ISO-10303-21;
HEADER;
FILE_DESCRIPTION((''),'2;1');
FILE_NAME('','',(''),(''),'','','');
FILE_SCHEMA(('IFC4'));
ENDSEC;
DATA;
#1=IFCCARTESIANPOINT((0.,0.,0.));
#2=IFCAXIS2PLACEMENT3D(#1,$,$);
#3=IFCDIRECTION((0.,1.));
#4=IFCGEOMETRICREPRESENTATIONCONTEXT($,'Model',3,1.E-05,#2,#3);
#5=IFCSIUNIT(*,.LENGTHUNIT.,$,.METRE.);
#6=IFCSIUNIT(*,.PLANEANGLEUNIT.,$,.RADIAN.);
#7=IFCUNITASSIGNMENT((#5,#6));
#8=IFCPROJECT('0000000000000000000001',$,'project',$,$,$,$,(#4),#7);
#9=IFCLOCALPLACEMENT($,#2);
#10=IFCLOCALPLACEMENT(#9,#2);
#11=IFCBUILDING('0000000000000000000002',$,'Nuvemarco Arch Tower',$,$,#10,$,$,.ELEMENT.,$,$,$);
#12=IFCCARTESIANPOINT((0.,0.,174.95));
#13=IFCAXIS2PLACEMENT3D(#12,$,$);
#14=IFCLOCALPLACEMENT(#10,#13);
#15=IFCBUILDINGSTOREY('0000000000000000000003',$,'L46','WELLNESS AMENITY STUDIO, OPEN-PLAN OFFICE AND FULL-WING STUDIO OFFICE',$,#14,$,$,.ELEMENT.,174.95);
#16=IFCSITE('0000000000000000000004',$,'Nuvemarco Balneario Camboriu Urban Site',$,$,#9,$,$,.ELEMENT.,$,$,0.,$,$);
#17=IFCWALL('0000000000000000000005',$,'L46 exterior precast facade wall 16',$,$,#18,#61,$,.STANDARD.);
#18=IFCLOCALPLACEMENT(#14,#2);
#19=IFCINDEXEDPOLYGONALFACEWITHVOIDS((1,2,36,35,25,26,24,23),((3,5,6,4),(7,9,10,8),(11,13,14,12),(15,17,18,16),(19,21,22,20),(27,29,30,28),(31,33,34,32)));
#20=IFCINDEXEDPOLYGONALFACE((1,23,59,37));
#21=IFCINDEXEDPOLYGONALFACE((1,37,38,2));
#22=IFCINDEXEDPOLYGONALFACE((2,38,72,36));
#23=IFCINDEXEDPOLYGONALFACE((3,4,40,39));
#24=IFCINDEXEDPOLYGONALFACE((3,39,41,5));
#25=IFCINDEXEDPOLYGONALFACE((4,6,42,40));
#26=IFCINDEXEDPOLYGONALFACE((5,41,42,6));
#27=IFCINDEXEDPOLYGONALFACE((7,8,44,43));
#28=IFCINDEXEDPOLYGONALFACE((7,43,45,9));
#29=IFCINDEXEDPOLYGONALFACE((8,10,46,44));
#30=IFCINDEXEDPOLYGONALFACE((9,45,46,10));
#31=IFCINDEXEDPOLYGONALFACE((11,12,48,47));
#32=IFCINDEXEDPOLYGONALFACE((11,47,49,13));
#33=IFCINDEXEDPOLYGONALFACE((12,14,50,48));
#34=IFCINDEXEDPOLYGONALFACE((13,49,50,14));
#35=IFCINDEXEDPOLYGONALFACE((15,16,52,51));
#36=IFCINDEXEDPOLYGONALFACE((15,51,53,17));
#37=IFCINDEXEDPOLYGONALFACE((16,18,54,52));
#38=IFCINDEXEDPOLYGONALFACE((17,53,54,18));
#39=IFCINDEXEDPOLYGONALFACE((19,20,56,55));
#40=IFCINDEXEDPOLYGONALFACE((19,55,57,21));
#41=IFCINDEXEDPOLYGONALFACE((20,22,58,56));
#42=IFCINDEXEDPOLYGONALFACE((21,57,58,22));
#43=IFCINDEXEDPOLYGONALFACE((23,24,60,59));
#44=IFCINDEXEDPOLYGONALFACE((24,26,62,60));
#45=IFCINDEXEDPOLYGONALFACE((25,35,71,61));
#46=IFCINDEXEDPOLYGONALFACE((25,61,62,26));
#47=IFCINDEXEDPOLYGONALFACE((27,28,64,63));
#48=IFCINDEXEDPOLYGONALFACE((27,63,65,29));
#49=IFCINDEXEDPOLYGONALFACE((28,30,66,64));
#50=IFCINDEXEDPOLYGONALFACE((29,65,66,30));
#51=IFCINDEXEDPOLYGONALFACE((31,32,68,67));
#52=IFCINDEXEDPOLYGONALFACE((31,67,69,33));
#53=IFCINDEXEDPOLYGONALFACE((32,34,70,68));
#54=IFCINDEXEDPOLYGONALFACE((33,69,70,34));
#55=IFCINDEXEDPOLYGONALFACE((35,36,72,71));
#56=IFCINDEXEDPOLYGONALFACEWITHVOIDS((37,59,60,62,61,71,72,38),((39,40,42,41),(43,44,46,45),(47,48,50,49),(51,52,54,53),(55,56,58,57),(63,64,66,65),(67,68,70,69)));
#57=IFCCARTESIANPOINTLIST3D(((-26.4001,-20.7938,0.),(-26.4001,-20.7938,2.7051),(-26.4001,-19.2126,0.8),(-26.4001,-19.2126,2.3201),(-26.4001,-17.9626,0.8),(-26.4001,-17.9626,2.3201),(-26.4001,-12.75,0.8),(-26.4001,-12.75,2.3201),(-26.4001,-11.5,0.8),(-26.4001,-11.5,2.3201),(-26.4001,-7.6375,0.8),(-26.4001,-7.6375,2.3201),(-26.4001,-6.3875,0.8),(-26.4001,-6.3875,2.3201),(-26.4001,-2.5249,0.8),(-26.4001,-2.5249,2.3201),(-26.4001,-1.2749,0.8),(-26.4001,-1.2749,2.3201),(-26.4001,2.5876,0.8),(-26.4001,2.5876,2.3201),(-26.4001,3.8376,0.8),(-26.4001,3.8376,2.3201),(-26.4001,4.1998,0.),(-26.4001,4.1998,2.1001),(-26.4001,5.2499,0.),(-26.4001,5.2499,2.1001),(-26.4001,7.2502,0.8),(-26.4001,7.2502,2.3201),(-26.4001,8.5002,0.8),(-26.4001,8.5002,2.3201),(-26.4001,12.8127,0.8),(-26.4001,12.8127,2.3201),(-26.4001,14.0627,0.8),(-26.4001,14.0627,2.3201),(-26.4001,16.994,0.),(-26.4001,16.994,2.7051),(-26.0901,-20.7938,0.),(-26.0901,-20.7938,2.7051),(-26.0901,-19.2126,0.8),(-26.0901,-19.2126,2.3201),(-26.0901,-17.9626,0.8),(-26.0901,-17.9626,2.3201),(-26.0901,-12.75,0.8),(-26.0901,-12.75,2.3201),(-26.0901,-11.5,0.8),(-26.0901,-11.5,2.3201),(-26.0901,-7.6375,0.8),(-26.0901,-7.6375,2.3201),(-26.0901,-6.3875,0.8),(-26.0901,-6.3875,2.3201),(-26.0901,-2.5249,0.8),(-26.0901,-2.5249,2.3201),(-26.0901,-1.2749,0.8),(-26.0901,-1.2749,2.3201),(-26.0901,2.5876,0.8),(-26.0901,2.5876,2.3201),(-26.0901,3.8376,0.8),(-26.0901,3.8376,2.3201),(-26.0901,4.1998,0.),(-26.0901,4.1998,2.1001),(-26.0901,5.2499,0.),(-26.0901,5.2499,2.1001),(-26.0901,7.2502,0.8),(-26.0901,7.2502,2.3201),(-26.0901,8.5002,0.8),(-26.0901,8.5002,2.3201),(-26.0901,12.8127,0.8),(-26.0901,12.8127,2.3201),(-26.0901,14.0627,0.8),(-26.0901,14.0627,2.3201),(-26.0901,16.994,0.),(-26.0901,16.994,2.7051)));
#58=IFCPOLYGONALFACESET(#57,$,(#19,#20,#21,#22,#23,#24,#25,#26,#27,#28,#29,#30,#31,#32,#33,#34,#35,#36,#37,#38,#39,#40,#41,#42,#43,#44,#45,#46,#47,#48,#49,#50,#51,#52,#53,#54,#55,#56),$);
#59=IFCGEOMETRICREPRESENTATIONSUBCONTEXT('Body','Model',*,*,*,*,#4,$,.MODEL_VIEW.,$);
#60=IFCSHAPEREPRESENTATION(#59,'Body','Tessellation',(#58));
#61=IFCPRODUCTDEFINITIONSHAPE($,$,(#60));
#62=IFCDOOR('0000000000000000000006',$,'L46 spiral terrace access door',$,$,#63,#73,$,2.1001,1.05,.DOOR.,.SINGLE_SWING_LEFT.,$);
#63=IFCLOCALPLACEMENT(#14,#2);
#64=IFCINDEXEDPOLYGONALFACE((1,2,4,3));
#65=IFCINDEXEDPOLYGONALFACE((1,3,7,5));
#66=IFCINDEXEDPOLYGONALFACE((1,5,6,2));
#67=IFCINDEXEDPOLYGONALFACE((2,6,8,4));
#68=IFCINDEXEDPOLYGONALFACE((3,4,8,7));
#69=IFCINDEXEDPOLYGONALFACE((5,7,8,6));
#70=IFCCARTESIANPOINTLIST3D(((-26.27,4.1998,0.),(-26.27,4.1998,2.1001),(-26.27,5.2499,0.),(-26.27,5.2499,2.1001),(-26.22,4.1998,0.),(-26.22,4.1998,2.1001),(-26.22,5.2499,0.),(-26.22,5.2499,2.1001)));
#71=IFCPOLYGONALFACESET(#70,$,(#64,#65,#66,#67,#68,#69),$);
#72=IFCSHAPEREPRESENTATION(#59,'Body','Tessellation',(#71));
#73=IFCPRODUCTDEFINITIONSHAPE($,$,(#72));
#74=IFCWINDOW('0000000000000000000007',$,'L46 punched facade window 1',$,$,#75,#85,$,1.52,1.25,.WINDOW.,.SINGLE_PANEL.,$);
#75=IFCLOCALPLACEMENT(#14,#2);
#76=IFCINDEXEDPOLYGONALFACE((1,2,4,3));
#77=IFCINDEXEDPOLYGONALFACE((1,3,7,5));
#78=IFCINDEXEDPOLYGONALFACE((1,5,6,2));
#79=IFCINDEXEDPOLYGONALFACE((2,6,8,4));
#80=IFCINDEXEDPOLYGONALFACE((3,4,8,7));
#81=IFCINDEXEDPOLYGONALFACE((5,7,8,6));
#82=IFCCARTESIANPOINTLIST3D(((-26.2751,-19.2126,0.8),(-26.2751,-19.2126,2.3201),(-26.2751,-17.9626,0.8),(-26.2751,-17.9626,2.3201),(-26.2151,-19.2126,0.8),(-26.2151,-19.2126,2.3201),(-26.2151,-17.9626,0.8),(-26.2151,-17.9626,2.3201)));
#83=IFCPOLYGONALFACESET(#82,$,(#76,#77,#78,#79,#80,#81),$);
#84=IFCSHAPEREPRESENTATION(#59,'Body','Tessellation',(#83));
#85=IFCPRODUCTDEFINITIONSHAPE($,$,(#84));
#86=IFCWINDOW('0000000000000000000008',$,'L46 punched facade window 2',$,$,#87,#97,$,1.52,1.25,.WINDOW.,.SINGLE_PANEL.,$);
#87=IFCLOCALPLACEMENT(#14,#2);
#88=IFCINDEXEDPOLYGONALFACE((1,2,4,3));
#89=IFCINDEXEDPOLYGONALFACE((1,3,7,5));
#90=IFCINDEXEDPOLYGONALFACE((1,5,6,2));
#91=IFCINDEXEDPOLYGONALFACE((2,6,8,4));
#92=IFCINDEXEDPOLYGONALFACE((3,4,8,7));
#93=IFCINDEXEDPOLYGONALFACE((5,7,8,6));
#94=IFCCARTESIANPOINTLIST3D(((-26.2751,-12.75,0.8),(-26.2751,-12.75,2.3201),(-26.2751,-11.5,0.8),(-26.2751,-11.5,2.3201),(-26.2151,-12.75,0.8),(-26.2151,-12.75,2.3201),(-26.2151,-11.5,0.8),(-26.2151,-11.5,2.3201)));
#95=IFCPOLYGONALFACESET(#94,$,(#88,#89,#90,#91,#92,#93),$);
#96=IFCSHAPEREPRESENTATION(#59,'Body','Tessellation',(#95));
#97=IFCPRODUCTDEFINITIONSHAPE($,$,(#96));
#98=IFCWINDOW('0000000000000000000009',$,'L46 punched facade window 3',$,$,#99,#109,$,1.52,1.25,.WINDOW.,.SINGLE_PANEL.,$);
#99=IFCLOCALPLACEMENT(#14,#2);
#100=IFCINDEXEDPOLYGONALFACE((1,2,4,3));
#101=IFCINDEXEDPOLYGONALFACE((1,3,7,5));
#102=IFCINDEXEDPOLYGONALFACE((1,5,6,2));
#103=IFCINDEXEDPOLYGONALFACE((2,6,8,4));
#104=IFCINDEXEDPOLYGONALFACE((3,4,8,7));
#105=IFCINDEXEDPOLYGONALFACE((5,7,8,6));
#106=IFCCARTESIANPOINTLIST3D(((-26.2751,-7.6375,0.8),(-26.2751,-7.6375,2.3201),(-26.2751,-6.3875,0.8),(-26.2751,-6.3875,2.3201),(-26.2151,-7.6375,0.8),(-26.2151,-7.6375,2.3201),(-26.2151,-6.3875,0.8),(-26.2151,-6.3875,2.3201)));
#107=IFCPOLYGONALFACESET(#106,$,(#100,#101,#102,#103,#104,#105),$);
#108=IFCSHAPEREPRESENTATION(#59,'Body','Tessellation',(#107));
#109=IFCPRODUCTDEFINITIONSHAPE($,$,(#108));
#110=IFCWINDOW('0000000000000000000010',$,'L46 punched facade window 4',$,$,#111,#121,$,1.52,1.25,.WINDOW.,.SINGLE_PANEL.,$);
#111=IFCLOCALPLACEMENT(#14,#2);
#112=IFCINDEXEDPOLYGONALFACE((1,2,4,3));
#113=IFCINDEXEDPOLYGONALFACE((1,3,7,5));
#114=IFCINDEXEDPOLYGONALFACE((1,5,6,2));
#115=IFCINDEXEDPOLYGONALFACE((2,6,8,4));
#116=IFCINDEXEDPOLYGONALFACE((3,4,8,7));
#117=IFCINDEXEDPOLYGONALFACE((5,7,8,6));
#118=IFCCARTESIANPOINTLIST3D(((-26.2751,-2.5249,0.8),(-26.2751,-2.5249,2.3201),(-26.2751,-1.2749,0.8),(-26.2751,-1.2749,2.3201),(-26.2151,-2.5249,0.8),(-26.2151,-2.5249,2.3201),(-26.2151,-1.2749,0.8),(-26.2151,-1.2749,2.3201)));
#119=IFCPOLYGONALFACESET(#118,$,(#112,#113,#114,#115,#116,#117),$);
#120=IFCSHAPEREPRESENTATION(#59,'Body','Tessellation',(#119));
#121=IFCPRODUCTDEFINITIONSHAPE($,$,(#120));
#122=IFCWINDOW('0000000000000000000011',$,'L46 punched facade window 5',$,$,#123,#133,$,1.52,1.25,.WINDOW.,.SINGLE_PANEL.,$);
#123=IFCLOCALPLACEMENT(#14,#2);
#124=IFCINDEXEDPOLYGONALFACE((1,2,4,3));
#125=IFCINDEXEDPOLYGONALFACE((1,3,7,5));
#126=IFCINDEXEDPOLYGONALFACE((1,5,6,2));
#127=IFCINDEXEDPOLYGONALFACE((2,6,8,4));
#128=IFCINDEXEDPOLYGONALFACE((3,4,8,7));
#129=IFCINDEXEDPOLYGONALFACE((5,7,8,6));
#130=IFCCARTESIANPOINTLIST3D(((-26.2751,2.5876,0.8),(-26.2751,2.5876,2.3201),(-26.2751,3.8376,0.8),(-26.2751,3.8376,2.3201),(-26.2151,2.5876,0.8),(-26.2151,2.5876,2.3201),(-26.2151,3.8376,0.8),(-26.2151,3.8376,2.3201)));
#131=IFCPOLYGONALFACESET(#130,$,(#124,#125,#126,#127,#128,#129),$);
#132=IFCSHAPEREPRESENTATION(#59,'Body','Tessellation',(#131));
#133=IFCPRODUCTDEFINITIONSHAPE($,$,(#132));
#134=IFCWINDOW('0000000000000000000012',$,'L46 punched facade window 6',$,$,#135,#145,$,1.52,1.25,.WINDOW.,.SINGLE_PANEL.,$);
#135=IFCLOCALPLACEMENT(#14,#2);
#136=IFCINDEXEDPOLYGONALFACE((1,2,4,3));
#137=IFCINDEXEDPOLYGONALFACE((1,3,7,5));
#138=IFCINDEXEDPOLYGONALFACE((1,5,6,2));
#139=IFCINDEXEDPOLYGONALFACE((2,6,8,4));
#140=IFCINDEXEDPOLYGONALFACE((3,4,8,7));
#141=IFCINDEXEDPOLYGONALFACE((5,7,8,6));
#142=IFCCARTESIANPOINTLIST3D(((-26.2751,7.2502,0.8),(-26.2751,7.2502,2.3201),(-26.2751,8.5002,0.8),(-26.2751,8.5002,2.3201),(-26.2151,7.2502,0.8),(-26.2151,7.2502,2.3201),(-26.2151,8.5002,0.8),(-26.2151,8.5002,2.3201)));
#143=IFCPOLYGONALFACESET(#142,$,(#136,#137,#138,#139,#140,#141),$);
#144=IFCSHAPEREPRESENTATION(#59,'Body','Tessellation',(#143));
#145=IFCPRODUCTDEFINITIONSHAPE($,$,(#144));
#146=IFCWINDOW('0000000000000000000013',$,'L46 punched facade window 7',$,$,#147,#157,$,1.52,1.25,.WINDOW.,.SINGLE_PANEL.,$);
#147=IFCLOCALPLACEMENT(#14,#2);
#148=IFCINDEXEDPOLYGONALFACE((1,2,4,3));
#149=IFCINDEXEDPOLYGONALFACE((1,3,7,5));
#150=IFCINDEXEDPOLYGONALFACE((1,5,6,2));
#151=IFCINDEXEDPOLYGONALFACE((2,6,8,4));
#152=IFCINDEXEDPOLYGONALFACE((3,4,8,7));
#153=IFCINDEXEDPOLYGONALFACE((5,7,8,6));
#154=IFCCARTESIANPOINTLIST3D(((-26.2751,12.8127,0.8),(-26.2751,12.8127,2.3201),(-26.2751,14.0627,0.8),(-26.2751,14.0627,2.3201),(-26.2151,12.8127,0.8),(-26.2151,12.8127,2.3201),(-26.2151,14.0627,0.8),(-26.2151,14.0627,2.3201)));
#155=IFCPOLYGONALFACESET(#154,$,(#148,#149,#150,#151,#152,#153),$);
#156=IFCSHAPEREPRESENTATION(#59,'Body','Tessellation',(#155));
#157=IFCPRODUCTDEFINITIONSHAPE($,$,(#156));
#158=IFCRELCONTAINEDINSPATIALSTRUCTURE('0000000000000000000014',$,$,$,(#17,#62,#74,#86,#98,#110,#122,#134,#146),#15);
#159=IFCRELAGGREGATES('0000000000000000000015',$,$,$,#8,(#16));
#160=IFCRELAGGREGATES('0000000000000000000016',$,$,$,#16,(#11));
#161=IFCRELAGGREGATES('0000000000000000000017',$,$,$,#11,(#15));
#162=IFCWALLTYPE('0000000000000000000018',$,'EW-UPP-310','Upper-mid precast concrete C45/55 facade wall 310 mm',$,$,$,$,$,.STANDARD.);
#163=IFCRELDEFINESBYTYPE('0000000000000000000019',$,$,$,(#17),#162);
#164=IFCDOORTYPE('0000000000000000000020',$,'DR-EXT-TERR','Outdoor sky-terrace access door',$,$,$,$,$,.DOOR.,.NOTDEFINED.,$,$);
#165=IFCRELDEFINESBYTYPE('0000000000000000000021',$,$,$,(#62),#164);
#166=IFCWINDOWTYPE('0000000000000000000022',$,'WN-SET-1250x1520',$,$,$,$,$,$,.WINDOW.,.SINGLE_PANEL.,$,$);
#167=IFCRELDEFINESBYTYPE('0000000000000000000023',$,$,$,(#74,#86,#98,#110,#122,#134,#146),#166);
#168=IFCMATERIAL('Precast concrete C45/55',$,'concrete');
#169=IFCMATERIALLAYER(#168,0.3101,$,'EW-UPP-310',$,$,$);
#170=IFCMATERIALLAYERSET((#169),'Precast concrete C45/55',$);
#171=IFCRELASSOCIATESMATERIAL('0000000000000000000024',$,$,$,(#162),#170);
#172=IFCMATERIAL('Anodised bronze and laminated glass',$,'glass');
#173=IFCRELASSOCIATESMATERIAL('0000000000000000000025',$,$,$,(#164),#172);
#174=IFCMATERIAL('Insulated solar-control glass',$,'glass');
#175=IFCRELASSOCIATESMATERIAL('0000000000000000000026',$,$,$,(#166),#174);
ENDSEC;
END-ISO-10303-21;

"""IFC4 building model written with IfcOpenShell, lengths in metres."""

from ifc_helpers import new_model, si_unit, direction, frame, frame_2d, origin, place, context, subcontext, project, spatial, rectangle, extrude, source, transform, mapped, material, layer, layer_set, type_object, type_shapes, element, fill, save


model = new_model("IFC4")

# Units and contexts
model_context = context("Model", 3, precision=1e-05, world=origin(), true_north=direction((0.0, 1.0)))
body_context = subcontext(model_context, "Body", "Model", "MODEL_VIEW")
ifc_project = project(units=[si_unit("LENGTHUNIT", "METRE"), si_unit("PLANEANGLEUNIT", "RADIAN")], contexts=[model_context])

# Site, building, storey
site_placement = place(None, origin())
site = spatial("IfcSite", under=ifc_project, at=site_placement, Name="Nuvemarco Balneario Camboriu Urban Site", CompositionType="ELEMENT", RefElevation=0.0)
building_placement = place(site_placement, origin())
building = spatial("IfcBuilding", under=site, at=building_placement, Name="Nuvemarco Arch Tower", CompositionType="ELEMENT")
storey_placement = place(building_placement, frame((0.0, 0.0, 174.95)))
storey = spatial("IfcBuildingStorey", under=building, at=storey_placement, Name="L46", Description="WELLNESS AMENITY STUDIO, OPEN-PLAN OFFICE AND FULL-WING STUDIO OFFICE", CompositionType="ELEMENT", Elevation=174.95)

# Shared definitions
ifc_material_1 = material(Name="Precast concrete C45/55", Category="concrete")
ifc_layer = layer(ifc_material_1, 0.3101, Name="EW-UPP-310")
ifc_layer_set = layer_set([ifc_layer], Name="Precast concrete C45/55")
wall_type = type_object("IfcWallType", Name="EW-UPP-310", Description="Upper-mid precast concrete C45/55 facade wall 310 mm", PredefinedType="STANDARD", material=ifc_layer_set)
ifc_material_2 = material(Name="Insulated solar-control glass", Category="glass")

# Wall, openings, door, windows
wall_1_placement = place(storey_placement, frame((-26.2451, -20.7939, 0.0), z_axis=(0.0, 0.0, 1.0), x_axis=(0.0, 1.0, 0.0)))
wall_1 = element("IfcWall", 1, at=wall_1_placement, inside=storey, type_object=wall_type, Name="L46 exterior precast facade wall 16", PredefinedType="STANDARD", context=body_context, shape_type="SweptSolid", body=[
    extrude(rectangle(XDim=37.7878, YDim=0.3101, at=frame_2d((18.894, 0.0))), origin(), (0.0, 0.0, 1.0), 2.7051),
])
opening_1_placement = place(wall_1_placement, frame((24.9939, 0.0, 0.0)))
opening_1 = element("IfcOpeningElement", 2, at=opening_1_placement, cuts=wall_1, PredefinedType="OPENING", context=body_context, shape_type="SweptSolid", body=[
    extrude(rectangle(XDim=1.05, YDim=2.1001, at=frame_2d((0.5249, 1.05))), frame((0.0, 0.165, 0.0), z_axis=(0.0, -1.0, 0.0), x_axis=(1.0, 0.0, 0.0)), (0.0, 0.0, 1.0), 0.3301),
])
opening_2_placement = place(wall_1_placement, frame((1.5813, 0.0, 0.8)))
opening_2 = element("IfcOpeningElement", 3, at=opening_2_placement, cuts=wall_1, PredefinedType="OPENING", context=body_context, shape_type="SweptSolid", body=[
    extrude(rectangle(XDim=1.25, YDim=1.52, at=frame_2d((0.625, 0.76))), frame((0.0, 0.165, 0.0), z_axis=(0.0, -1.0, 0.0), x_axis=(1.0, 0.0, 0.0)), (0.0, 0.0, 1.0), 0.3301),
])
opening_3_placement = place(wall_1_placement, frame((8.0439, 0.0, 0.8)))
opening_3 = element("IfcOpeningElement", 4, at=opening_3_placement, cuts=wall_1, PredefinedType="OPENING", context=body_context, shape_type="SweptSolid", body=[
    extrude(rectangle(XDim=1.25, YDim=1.52, at=frame_2d((0.625, 0.76))), frame((0.0, 0.165, 0.0), z_axis=(0.0, -1.0, 0.0), x_axis=(1.0, 0.0, 0.0)), (0.0, 0.0, 1.0), 0.3301),
])
opening_4_placement = place(wall_1_placement, frame((13.1565, 0.0, 0.8)))
opening_4 = element("IfcOpeningElement", 5, at=opening_4_placement, cuts=wall_1, PredefinedType="OPENING", context=body_context, shape_type="SweptSolid", body=[
    extrude(rectangle(XDim=1.25, YDim=1.52, at=frame_2d((0.625, 0.76))), frame((0.0, 0.165, 0.0), z_axis=(0.0, -1.0, 0.0), x_axis=(1.0, 0.0, 0.0)), (0.0, 0.0, 1.0), 0.3301),
])
opening_5_placement = place(wall_1_placement, frame((18.269, 0.0, 0.8)))
opening_5 = element("IfcOpeningElement", 6, at=opening_5_placement, cuts=wall_1, PredefinedType="OPENING", context=body_context, shape_type="SweptSolid", body=[
    extrude(rectangle(XDim=1.25, YDim=1.52, at=frame_2d((0.625, 0.76))), frame((0.0, 0.165, 0.0), z_axis=(0.0, -1.0, 0.0), x_axis=(1.0, 0.0, 0.0)), (0.0, 0.0, 1.0), 0.3301),
])
opening_6_placement = place(wall_1_placement, frame((23.3816, 0.0, 0.8)))
opening_6 = element("IfcOpeningElement", 7, at=opening_6_placement, cuts=wall_1, PredefinedType="OPENING", context=body_context, shape_type="SweptSolid", body=[
    extrude(rectangle(XDim=1.25, YDim=1.52, at=frame_2d((0.625, 0.76))), frame((0.0, 0.165, 0.0), z_axis=(0.0, -1.0, 0.0), x_axis=(1.0, 0.0, 0.0)), (0.0, 0.0, 1.0), 0.3301),
])
opening_7_placement = place(wall_1_placement, frame((28.0442, 0.0, 0.8)))
opening_7 = element("IfcOpeningElement", 8, at=opening_7_placement, cuts=wall_1, PredefinedType="OPENING", context=body_context, shape_type="SweptSolid", body=[
    extrude(rectangle(XDim=1.25, YDim=1.52, at=frame_2d((0.625, 0.76))), frame((0.0, 0.165, 0.0), z_axis=(0.0, -1.0, 0.0), x_axis=(1.0, 0.0, 0.0)), (0.0, 0.0, 1.0), 0.3301),
])
opening_8_placement = place(wall_1_placement, frame((33.6067, 0.0, 0.8)))
opening_8 = element("IfcOpeningElement", 9, at=opening_8_placement, cuts=wall_1, PredefinedType="OPENING", context=body_context, shape_type="SweptSolid", body=[
    extrude(rectangle(XDim=1.25, YDim=1.52, at=frame_2d((0.625, 0.76))), frame((0.0, 0.165, 0.0), z_axis=(0.0, -1.0, 0.0), x_axis=(1.0, 0.0, 0.0)), (0.0, 0.0, 1.0), 0.3301),
])
ifc_material_3 = material(Name="Anodised bronze and laminated glass", Category="glass")
door_type = type_object("IfcDoorType", Name="DR-EXT-TERR", Description="Outdoor sky-terrace access door", OperationType="NOTDEFINED", PredefinedType="DOOR", material=ifc_material_3)
shared_shape_1 = source(origin(), body_context, "Body", "SweptSolid", [
    extrude(rectangle(XDim=1.05, YDim=2.1001, at=frame_2d((0.5249, 1.05))), frame((0.0, 0.0249, 0.0), z_axis=(0.0, -1.0, 0.0), x_axis=(1.0, 0.0, 0.0)), (0.0, 0.0, 1.0), 0.05),
])
type_shapes(door_type, [shared_shape_1])
door_placement = place(opening_1_placement, origin())
door = element("IfcDoor", 10, at=door_placement, inside=storey, type_object=door_type, Name="L46 spiral terrace access door", OperationType="SINGLE_SWING_LEFT", OverallHeight=2.1001, OverallWidth=1.05, PredefinedType="DOOR", context=body_context, shape_type="MappedRepresentation", body=[
    mapped(shared_shape_1, transform((0.0, 0.0, 0.0), scale=1.0)),
])
fill(opening_1, door)
window_type_1 = type_object("IfcWindowType", Name="WN-SET-1250x1520", PartitioningType="SINGLE_PANEL", PredefinedType="WINDOW", material=ifc_material_2)
shared_shape_2 = source(origin(), body_context, "Body", "SweptSolid", [
    extrude(rectangle(XDim=1.25, YDim=1.52, at=frame_2d((0.625, 0.76))), frame((0.0, 0.03, 0.0), z_axis=(0.0, -1.0, 0.0), x_axis=(1.0, 0.0, 0.0)), (0.0, 0.0, 1.0), 0.0601),
])
type_shapes(window_type_1, [shared_shape_2])
window_1_placement = place(opening_2_placement, origin())
window_1 = element("IfcWindow", 11, at=window_1_placement, inside=storey, type_object=window_type_1, Name="L46 punched facade window 1", OverallHeight=1.52, OverallWidth=1.25, PartitioningType="SINGLE_PANEL", PredefinedType="WINDOW", context=body_context, shape_type="MappedRepresentation", body=[
    mapped(shared_shape_2, transform((0.0, 0.0, 0.0), scale=1.0)),
])
fill(opening_2, window_1)
window_2_placement = place(opening_3_placement, origin())
window_2 = element("IfcWindow", 12, at=window_2_placement, inside=storey, type_object=window_type_1, Name="L46 punched facade window 2", OverallHeight=1.52, OverallWidth=1.25, PartitioningType="SINGLE_PANEL", PredefinedType="WINDOW", context=body_context, shape_type="MappedRepresentation", body=[
    mapped(shared_shape_2, transform((0.0, 0.0, 0.0), scale=1.0)),
])
fill(opening_3, window_2)
window_3_placement = place(opening_4_placement, origin())
window_3 = element("IfcWindow", 13, at=window_3_placement, inside=storey, type_object=window_type_1, Name="L46 punched facade window 3", OverallHeight=1.52, OverallWidth=1.25, PartitioningType="SINGLE_PANEL", PredefinedType="WINDOW", context=body_context, shape_type="MappedRepresentation", body=[
    mapped(shared_shape_2, transform((0.0, 0.0, 0.0), scale=1.0)),
])
fill(opening_4, window_3)
window_4_placement = place(opening_5_placement, origin())
window_4 = element("IfcWindow", 14, at=window_4_placement, inside=storey, type_object=window_type_1, Name="L46 punched facade window 4", OverallHeight=1.52, OverallWidth=1.25, PartitioningType="SINGLE_PANEL", PredefinedType="WINDOW", context=body_context, shape_type="MappedRepresentation", body=[
    mapped(shared_shape_2, transform((0.0, 0.0, 0.0), scale=1.0)),
])
fill(opening_5, window_4)
window_5_placement = place(opening_6_placement, origin())
window_5 = element("IfcWindow", 15, at=window_5_placement, inside=storey, type_object=window_type_1, Name="L46 punched facade window 5", OverallHeight=1.52, OverallWidth=1.25, PartitioningType="SINGLE_PANEL", PredefinedType="WINDOW", context=body_context, shape_type="MappedRepresentation", body=[
    mapped(shared_shape_2, transform((0.0, 0.0, 0.0), scale=1.0)),
])
fill(opening_6, window_5)
window_6_placement = place(opening_7_placement, origin())
window_6 = element("IfcWindow", 16, at=window_6_placement, inside=storey, type_object=window_type_1, Name="L46 punched facade window 6", OverallHeight=1.52, OverallWidth=1.25, PartitioningType="SINGLE_PANEL", PredefinedType="WINDOW", context=body_context, shape_type="MappedRepresentation", body=[
    mapped(shared_shape_2, transform((0.0, 0.0, 0.0), scale=1.0)),
])
fill(opening_7, window_6)
window_7_placement = place(opening_8_placement, origin())
window_7 = element("IfcWindow", 17, at=window_7_placement, inside=storey, type_object=window_type_1, Name="L46 punched facade window 7", OverallHeight=1.52, OverallWidth=1.25, PartitioningType="SINGLE_PANEL", PredefinedType="WINDOW", context=body_context, shape_type="MappedRepresentation", body=[
    mapped(shared_shape_2, transform((0.0, 0.0, 0.0), scale=1.0)),
])
fill(opening_8, window_7)

save(model, "model.ifc")
